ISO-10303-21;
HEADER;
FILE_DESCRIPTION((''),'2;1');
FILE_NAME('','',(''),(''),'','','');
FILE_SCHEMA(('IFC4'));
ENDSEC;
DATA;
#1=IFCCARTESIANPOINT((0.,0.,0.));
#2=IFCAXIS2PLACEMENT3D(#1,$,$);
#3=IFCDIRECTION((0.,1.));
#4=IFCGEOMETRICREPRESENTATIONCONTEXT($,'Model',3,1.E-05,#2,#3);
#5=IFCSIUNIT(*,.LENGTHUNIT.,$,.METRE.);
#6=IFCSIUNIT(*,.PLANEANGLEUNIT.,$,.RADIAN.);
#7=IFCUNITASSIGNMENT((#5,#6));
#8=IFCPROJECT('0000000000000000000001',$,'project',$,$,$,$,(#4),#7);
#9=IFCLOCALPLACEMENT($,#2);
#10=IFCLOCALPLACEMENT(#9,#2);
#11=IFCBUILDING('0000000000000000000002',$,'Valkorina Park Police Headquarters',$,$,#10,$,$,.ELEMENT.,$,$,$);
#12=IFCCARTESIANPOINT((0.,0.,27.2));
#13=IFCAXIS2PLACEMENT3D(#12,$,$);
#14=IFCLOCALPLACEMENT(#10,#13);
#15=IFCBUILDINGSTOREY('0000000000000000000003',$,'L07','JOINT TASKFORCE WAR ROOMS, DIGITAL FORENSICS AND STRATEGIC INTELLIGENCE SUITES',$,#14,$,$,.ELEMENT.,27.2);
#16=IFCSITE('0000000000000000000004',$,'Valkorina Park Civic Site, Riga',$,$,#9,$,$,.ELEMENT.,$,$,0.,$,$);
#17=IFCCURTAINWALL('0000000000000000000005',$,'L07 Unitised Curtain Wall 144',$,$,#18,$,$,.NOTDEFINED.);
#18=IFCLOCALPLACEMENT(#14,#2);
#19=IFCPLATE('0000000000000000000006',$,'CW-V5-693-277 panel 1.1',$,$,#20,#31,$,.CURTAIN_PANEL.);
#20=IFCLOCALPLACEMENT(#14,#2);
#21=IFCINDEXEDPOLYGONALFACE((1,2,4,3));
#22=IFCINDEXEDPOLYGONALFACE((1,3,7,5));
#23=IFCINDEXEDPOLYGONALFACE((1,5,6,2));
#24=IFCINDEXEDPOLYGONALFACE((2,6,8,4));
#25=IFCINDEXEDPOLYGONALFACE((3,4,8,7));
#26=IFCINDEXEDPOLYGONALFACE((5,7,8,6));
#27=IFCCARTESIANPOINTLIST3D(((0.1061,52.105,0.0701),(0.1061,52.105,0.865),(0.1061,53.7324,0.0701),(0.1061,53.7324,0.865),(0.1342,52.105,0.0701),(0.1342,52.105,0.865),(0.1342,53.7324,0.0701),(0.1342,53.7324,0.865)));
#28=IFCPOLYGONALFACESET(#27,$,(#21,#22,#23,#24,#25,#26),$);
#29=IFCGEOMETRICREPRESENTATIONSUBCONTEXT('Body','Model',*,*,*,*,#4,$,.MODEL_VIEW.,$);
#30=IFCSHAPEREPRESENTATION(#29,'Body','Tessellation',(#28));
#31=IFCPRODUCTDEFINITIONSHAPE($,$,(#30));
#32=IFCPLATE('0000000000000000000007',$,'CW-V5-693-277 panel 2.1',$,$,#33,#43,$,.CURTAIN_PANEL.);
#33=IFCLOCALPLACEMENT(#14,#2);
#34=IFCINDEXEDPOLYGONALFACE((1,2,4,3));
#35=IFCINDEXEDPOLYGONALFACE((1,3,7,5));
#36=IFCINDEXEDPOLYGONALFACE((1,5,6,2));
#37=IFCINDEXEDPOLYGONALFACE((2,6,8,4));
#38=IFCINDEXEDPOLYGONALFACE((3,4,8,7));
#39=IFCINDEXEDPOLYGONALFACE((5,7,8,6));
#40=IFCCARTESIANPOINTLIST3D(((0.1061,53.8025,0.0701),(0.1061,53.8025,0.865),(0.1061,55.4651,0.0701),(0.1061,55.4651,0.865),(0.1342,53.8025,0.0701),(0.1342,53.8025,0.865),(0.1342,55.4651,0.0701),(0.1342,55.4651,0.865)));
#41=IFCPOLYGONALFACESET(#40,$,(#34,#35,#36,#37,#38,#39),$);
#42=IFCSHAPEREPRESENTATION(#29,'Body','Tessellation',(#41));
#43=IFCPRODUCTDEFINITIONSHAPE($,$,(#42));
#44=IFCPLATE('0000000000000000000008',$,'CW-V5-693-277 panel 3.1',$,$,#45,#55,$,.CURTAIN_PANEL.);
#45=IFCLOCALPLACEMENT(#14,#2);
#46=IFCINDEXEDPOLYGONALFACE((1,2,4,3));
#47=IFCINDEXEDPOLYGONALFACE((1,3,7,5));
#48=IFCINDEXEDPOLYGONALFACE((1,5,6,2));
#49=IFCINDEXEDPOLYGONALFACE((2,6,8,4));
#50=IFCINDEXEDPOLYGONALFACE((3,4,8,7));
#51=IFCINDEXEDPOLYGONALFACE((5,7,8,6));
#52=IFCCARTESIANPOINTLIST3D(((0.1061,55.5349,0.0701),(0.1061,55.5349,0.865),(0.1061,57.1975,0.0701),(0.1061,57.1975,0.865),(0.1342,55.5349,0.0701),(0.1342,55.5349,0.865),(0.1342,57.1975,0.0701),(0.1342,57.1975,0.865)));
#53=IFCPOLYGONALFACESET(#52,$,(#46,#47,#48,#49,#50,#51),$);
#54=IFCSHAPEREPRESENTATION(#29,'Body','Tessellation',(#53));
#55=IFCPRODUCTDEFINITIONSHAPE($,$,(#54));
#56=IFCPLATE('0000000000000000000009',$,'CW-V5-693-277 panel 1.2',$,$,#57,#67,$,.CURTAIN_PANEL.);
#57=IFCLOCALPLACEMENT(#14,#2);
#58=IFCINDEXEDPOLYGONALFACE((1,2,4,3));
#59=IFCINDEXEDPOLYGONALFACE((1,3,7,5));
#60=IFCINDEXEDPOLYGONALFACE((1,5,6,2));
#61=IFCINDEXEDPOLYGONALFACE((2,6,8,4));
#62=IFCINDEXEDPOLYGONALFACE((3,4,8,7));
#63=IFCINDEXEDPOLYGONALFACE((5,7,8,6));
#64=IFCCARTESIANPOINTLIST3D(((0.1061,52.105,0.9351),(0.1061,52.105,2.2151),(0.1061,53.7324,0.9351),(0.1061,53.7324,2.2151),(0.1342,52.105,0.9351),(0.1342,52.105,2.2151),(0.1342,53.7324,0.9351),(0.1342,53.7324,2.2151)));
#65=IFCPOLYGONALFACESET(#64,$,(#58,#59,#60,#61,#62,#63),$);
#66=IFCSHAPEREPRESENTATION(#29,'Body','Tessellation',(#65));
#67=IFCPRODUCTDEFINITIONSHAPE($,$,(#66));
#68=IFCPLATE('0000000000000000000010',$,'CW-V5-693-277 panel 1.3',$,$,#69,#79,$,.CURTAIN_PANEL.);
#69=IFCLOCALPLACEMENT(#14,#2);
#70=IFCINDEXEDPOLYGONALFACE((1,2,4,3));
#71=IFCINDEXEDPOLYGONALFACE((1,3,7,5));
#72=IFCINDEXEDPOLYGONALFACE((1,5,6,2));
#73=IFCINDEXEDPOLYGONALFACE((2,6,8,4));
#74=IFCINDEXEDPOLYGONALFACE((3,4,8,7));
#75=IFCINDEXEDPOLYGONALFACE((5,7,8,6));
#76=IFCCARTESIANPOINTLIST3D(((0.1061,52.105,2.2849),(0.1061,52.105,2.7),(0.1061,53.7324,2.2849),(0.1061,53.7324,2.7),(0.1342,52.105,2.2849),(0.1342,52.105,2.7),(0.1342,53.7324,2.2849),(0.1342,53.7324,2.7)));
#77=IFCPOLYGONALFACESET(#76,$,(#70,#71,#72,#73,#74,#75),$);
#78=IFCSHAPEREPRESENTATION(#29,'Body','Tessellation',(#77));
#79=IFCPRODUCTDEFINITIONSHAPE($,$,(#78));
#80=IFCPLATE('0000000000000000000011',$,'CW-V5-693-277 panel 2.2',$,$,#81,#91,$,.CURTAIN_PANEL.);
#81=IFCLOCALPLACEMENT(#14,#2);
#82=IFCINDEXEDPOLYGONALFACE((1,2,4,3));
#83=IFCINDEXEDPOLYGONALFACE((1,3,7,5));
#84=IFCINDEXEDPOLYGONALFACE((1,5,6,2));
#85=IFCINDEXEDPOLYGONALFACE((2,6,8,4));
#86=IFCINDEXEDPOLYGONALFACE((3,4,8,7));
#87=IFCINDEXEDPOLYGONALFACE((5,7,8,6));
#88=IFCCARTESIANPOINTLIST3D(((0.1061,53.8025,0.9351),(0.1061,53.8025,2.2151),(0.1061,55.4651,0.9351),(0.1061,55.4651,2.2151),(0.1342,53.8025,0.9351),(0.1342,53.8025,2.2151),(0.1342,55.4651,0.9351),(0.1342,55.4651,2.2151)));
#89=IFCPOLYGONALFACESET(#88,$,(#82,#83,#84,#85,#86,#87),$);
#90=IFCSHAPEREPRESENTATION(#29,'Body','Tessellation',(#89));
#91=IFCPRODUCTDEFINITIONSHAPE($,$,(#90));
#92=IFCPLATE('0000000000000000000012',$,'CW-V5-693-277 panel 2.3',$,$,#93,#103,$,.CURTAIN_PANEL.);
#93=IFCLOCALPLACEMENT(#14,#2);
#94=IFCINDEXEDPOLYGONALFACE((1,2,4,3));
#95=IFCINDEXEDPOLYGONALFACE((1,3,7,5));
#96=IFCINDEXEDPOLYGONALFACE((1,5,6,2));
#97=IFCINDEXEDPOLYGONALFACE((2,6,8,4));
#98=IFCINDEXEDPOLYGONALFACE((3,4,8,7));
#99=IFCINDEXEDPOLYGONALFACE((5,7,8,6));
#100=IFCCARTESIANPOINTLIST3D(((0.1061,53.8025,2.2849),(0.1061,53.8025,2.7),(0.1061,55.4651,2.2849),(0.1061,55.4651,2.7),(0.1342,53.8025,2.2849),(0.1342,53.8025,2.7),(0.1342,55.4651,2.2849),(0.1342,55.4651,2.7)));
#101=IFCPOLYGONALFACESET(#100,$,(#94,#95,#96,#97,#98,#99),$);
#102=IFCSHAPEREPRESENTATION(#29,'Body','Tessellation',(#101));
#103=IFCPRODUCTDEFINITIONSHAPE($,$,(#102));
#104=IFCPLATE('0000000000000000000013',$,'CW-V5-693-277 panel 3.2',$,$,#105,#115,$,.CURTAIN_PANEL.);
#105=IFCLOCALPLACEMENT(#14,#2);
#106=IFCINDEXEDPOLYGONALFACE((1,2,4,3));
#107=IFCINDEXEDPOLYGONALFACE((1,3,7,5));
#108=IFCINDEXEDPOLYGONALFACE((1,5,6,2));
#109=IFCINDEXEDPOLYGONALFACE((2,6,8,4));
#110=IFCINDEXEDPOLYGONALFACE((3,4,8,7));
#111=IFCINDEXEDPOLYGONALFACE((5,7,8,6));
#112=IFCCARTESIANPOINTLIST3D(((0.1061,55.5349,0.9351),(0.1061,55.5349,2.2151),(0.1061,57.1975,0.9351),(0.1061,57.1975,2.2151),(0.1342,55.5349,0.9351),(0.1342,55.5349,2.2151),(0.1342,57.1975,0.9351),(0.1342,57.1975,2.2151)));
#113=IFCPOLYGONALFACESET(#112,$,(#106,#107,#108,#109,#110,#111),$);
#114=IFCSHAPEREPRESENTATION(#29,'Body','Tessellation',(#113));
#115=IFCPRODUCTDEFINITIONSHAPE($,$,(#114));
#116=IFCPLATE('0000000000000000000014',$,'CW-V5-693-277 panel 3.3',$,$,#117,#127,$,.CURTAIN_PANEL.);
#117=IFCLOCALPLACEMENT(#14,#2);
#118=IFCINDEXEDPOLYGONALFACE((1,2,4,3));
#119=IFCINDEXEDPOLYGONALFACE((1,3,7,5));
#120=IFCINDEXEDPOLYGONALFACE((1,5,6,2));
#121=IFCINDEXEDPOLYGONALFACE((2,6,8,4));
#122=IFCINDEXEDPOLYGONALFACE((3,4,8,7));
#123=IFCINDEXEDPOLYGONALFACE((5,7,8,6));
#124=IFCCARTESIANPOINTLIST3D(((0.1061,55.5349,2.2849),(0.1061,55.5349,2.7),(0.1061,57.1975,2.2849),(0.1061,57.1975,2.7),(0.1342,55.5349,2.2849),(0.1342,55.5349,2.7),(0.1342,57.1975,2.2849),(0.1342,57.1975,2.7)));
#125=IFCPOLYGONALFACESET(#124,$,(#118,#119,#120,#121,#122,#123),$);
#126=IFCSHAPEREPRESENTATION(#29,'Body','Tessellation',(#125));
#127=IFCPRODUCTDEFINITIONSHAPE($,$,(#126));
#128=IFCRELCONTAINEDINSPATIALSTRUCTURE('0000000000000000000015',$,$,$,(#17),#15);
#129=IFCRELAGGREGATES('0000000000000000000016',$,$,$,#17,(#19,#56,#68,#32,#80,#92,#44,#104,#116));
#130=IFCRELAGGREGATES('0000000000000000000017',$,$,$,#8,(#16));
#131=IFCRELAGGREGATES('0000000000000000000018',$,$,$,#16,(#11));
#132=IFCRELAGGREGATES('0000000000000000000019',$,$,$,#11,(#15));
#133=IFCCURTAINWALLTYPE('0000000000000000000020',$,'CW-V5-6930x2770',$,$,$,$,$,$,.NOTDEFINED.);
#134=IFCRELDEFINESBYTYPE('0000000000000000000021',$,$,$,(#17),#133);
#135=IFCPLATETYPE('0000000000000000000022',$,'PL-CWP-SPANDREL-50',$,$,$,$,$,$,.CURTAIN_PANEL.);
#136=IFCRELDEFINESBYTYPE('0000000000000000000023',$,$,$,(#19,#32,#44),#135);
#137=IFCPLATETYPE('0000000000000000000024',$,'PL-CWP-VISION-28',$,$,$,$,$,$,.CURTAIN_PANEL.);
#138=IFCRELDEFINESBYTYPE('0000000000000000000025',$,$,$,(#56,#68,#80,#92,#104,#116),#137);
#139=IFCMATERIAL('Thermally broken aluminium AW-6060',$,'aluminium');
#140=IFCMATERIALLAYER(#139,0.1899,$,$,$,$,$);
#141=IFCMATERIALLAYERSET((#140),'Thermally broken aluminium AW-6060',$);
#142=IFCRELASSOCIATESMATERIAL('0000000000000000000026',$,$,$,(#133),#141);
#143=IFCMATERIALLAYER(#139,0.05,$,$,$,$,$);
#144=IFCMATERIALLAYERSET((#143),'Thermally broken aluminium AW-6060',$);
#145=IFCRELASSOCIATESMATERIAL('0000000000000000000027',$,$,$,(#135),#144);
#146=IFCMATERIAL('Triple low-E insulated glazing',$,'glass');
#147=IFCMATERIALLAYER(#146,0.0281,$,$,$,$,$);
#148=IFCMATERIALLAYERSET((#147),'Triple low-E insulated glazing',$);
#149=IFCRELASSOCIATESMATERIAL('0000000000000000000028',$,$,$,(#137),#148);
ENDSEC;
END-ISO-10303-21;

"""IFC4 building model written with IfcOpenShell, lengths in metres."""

from ifc_helpers import new_model, si_unit, direction, frame, origin, origin_2d, place, context, subcontext, project, spatial, rectangle, extrude, material, layer, layer_set, type_object, element, aggregate, save


model = new_model("IFC4")

# Units and contexts
model_context = context("Model", 3, precision=1e-05, world=origin(), true_north=direction((0.0, 1.0)))
body_context = subcontext(model_context, "Body", "Model", "MODEL_VIEW")
ifc_project = project(units=[si_unit("LENGTHUNIT", "METRE"), si_unit("PLANEANGLEUNIT", "RADIAN")], contexts=[model_context])

# Site, building, storey
site_placement = place(None, origin())
site = spatial("IfcSite", under=ifc_project, at=site_placement, Name="Valkorina Park Civic Site, Riga", CompositionType="ELEMENT", RefElevation=0.0)
building_placement = place(site_placement, origin())
building = spatial("IfcBuilding", under=site, at=building_placement, Name="Valkorina Park Police Headquarters", CompositionType="ELEMENT")
storey_placement = place(building_placement, frame((0.0, 0.0, 27.2)))
storey = spatial("IfcBuildingStorey", under=building, at=storey_placement, Name="L07", Description="JOINT TASKFORCE WAR ROOMS, DIGITAL FORENSICS AND STRATEGIC INTELLIGENCE SUITES", CompositionType="ELEMENT", Elevation=27.2)

# Curtain wall, plates
ifc_material_1 = material(Name="Thermally broken aluminium AW-6060", Category="aluminium")
ifc_layer_1 = layer(ifc_material_1, 0.1899)
ifc_layer_set_1 = layer_set([ifc_layer_1], Name="Thermally broken aluminium AW-6060")
curtain_wall_type = type_object("IfcCurtainWallType", Name="CW-V5-6930x2770", PredefinedType="NOTDEFINED", material=ifc_layer_set_1)
curtain_wall_placement = place(storey_placement, origin())
curtain_wall = element("IfcCurtainWall", 1, at=curtain_wall_placement, inside=storey, type_object=curtain_wall_type, Name="L07 Unitised Curtain Wall 144", PredefinedType="NOTDEFINED")
ifc_layer_2 = layer(ifc_material_1, 0.05)
ifc_layer_set_2 = layer_set([ifc_layer_2], Name="Thermally broken aluminium AW-6060")
plate_type_1 = type_object("IfcPlateType", Name="PL-CWP-SPANDREL-50", PredefinedType="CURTAIN_PANEL", material=ifc_layer_set_2)
plate_1_placement = place(storey_placement, frame((0.1201, 52.9187, 0.0701), z_axis=(0.0, 0.0, 1.0), x_axis=(0.0, 1.0, 0.0)))
plate_1 = element("IfcPlate", 2, at=plate_1_placement, type_object=plate_type_1, Name="CW-V5-693-277 panel 1.1", PredefinedType="CURTAIN_PANEL", context=body_context, shape_type="SweptSolid", body=[
    extrude(rectangle(XDim=1.6274, YDim=0.0281, at=origin_2d()), origin(), (0.0, 0.0, 1.0), 0.7949),
])
plate_2_placement = place(storey_placement, frame((0.1201, 54.6338, 0.0701), z_axis=(0.0, 0.0, 1.0), x_axis=(0.0, 1.0, 0.0)))
plate_2 = element("IfcPlate", 3, at=plate_2_placement, type_object=plate_type_1, Name="CW-V5-693-277 panel 2.1", PredefinedType="CURTAIN_PANEL", context=body_context, shape_type="SweptSolid", body=[
    extrude(rectangle(XDim=1.6626, YDim=0.0281, at=origin_2d()), origin(), (0.0, 0.0, 1.0), 0.7949),
])
plate_3_placement = place(storey_placement, frame((0.1201, 56.3662, 0.0701), z_axis=(0.0, 0.0, 1.0), x_axis=(0.0, 1.0, 0.0)))
plate_3 = element("IfcPlate", 4, at=plate_3_placement, type_object=plate_type_1, Name="CW-V5-693-277 panel 3.1", PredefinedType="CURTAIN_PANEL", context=body_context, shape_type="SweptSolid", body=[
    extrude(rectangle(XDim=1.6626, YDim=0.0281, at=origin_2d()), origin(), (0.0, 0.0, 1.0), 0.7949),
])
ifc_material_2 = material(Name="Triple low-E insulated glazing", Category="glass")
ifc_layer_3 = layer(ifc_material_2, 0.0281)
ifc_layer_set_3 = layer_set([ifc_layer_3], Name="Triple low-E insulated glazing")
plate_type_2 = type_object("IfcPlateType", Name="PL-CWP-VISION-28", PredefinedType="CURTAIN_PANEL", material=ifc_layer_set_3)
plate_4_placement = place(storey_placement, frame((0.1201, 52.9187, 0.9351), z_axis=(0.0, 0.0, 1.0), x_axis=(0.0, 1.0, 0.0)))
plate_4 = element("IfcPlate", 5, at=plate_4_placement, type_object=plate_type_2, Name="CW-V5-693-277 panel 1.2", PredefinedType="CURTAIN_PANEL", context=body_context, shape_type="SweptSolid", body=[
    extrude(rectangle(XDim=1.6274, YDim=0.0281, at=origin_2d()), origin(), (0.0, 0.0, 1.0), 1.28),
])
plate_5_placement = place(storey_placement, frame((0.1201, 52.9187, 2.2849), z_axis=(0.0, 0.0, 1.0), x_axis=(0.0, 1.0, 0.0)))
plate_5 = element("IfcPlate", 6, at=plate_5_placement, type_object=plate_type_2, Name="CW-V5-693-277 panel 1.3", PredefinedType="CURTAIN_PANEL", context=body_context, shape_type="SweptSolid", body=[
    extrude(rectangle(XDim=1.6274, YDim=0.0281, at=origin_2d()), origin(), (0.0, 0.0, 1.0), 0.415),
])
plate_6_placement = place(storey_placement, frame((0.1201, 54.6338, 0.9351), z_axis=(0.0, 0.0, 1.0), x_axis=(0.0, 1.0, 0.0)))
plate_6 = element("IfcPlate", 7, at=plate_6_placement, type_object=plate_type_2, Name="CW-V5-693-277 panel 2.2", PredefinedType="CURTAIN_PANEL", context=body_context, shape_type="SweptSolid", body=[
    extrude(rectangle(XDim=1.6626, YDim=0.0281, at=origin_2d()), origin(), (0.0, 0.0, 1.0), 1.28),
])
plate_7_placement = place(storey_placement, frame((0.1201, 54.6338, 2.2849), z_axis=(0.0, 0.0, 1.0), x_axis=(0.0, 1.0, 0.0)))
plate_7 = element("IfcPlate", 8, at=plate_7_placement, type_object=plate_type_2, Name="CW-V5-693-277 panel 2.3", PredefinedType="CURTAIN_PANEL", context=body_context, shape_type="SweptSolid", body=[
    extrude(rectangle(XDim=1.6626, YDim=0.0281, at=origin_2d()), origin(), (0.0, 0.0, 1.0), 0.415),
])
plate_8_placement = place(storey_placement, frame((0.1201, 56.3662, 0.9351), z_axis=(0.0, 0.0, 1.0), x_axis=(0.0, 1.0, 0.0)))
plate_8 = element("IfcPlate", 9, at=plate_8_placement, type_object=plate_type_2, Name="CW-V5-693-277 panel 3.2", PredefinedType="CURTAIN_PANEL", context=body_context, shape_type="SweptSolid", body=[
    extrude(rectangle(XDim=1.6626, YDim=0.0281, at=origin_2d()), origin(), (0.0, 0.0, 1.0), 1.28),
])
plate_9_placement = place(storey_placement, frame((0.1201, 56.3662, 2.2849), z_axis=(0.0, 0.0, 1.0), x_axis=(0.0, 1.0, 0.0)))
plate_9 = element("IfcPlate", 10, at=plate_9_placement, type_object=plate_type_2, Name="CW-V5-693-277 panel 3.3", PredefinedType="CURTAIN_PANEL", context=body_context, shape_type="SweptSolid", body=[
    extrude(rectangle(XDim=1.6626, YDim=0.0281, at=origin_2d()), origin(), (0.0, 0.0, 1.0), 0.415),
])
aggregate(curtain_wall, [plate_1, plate_4, plate_5, plate_2, plate_6, plate_7, plate_3, plate_8, plate_9])

save(model, "model.ifc")
